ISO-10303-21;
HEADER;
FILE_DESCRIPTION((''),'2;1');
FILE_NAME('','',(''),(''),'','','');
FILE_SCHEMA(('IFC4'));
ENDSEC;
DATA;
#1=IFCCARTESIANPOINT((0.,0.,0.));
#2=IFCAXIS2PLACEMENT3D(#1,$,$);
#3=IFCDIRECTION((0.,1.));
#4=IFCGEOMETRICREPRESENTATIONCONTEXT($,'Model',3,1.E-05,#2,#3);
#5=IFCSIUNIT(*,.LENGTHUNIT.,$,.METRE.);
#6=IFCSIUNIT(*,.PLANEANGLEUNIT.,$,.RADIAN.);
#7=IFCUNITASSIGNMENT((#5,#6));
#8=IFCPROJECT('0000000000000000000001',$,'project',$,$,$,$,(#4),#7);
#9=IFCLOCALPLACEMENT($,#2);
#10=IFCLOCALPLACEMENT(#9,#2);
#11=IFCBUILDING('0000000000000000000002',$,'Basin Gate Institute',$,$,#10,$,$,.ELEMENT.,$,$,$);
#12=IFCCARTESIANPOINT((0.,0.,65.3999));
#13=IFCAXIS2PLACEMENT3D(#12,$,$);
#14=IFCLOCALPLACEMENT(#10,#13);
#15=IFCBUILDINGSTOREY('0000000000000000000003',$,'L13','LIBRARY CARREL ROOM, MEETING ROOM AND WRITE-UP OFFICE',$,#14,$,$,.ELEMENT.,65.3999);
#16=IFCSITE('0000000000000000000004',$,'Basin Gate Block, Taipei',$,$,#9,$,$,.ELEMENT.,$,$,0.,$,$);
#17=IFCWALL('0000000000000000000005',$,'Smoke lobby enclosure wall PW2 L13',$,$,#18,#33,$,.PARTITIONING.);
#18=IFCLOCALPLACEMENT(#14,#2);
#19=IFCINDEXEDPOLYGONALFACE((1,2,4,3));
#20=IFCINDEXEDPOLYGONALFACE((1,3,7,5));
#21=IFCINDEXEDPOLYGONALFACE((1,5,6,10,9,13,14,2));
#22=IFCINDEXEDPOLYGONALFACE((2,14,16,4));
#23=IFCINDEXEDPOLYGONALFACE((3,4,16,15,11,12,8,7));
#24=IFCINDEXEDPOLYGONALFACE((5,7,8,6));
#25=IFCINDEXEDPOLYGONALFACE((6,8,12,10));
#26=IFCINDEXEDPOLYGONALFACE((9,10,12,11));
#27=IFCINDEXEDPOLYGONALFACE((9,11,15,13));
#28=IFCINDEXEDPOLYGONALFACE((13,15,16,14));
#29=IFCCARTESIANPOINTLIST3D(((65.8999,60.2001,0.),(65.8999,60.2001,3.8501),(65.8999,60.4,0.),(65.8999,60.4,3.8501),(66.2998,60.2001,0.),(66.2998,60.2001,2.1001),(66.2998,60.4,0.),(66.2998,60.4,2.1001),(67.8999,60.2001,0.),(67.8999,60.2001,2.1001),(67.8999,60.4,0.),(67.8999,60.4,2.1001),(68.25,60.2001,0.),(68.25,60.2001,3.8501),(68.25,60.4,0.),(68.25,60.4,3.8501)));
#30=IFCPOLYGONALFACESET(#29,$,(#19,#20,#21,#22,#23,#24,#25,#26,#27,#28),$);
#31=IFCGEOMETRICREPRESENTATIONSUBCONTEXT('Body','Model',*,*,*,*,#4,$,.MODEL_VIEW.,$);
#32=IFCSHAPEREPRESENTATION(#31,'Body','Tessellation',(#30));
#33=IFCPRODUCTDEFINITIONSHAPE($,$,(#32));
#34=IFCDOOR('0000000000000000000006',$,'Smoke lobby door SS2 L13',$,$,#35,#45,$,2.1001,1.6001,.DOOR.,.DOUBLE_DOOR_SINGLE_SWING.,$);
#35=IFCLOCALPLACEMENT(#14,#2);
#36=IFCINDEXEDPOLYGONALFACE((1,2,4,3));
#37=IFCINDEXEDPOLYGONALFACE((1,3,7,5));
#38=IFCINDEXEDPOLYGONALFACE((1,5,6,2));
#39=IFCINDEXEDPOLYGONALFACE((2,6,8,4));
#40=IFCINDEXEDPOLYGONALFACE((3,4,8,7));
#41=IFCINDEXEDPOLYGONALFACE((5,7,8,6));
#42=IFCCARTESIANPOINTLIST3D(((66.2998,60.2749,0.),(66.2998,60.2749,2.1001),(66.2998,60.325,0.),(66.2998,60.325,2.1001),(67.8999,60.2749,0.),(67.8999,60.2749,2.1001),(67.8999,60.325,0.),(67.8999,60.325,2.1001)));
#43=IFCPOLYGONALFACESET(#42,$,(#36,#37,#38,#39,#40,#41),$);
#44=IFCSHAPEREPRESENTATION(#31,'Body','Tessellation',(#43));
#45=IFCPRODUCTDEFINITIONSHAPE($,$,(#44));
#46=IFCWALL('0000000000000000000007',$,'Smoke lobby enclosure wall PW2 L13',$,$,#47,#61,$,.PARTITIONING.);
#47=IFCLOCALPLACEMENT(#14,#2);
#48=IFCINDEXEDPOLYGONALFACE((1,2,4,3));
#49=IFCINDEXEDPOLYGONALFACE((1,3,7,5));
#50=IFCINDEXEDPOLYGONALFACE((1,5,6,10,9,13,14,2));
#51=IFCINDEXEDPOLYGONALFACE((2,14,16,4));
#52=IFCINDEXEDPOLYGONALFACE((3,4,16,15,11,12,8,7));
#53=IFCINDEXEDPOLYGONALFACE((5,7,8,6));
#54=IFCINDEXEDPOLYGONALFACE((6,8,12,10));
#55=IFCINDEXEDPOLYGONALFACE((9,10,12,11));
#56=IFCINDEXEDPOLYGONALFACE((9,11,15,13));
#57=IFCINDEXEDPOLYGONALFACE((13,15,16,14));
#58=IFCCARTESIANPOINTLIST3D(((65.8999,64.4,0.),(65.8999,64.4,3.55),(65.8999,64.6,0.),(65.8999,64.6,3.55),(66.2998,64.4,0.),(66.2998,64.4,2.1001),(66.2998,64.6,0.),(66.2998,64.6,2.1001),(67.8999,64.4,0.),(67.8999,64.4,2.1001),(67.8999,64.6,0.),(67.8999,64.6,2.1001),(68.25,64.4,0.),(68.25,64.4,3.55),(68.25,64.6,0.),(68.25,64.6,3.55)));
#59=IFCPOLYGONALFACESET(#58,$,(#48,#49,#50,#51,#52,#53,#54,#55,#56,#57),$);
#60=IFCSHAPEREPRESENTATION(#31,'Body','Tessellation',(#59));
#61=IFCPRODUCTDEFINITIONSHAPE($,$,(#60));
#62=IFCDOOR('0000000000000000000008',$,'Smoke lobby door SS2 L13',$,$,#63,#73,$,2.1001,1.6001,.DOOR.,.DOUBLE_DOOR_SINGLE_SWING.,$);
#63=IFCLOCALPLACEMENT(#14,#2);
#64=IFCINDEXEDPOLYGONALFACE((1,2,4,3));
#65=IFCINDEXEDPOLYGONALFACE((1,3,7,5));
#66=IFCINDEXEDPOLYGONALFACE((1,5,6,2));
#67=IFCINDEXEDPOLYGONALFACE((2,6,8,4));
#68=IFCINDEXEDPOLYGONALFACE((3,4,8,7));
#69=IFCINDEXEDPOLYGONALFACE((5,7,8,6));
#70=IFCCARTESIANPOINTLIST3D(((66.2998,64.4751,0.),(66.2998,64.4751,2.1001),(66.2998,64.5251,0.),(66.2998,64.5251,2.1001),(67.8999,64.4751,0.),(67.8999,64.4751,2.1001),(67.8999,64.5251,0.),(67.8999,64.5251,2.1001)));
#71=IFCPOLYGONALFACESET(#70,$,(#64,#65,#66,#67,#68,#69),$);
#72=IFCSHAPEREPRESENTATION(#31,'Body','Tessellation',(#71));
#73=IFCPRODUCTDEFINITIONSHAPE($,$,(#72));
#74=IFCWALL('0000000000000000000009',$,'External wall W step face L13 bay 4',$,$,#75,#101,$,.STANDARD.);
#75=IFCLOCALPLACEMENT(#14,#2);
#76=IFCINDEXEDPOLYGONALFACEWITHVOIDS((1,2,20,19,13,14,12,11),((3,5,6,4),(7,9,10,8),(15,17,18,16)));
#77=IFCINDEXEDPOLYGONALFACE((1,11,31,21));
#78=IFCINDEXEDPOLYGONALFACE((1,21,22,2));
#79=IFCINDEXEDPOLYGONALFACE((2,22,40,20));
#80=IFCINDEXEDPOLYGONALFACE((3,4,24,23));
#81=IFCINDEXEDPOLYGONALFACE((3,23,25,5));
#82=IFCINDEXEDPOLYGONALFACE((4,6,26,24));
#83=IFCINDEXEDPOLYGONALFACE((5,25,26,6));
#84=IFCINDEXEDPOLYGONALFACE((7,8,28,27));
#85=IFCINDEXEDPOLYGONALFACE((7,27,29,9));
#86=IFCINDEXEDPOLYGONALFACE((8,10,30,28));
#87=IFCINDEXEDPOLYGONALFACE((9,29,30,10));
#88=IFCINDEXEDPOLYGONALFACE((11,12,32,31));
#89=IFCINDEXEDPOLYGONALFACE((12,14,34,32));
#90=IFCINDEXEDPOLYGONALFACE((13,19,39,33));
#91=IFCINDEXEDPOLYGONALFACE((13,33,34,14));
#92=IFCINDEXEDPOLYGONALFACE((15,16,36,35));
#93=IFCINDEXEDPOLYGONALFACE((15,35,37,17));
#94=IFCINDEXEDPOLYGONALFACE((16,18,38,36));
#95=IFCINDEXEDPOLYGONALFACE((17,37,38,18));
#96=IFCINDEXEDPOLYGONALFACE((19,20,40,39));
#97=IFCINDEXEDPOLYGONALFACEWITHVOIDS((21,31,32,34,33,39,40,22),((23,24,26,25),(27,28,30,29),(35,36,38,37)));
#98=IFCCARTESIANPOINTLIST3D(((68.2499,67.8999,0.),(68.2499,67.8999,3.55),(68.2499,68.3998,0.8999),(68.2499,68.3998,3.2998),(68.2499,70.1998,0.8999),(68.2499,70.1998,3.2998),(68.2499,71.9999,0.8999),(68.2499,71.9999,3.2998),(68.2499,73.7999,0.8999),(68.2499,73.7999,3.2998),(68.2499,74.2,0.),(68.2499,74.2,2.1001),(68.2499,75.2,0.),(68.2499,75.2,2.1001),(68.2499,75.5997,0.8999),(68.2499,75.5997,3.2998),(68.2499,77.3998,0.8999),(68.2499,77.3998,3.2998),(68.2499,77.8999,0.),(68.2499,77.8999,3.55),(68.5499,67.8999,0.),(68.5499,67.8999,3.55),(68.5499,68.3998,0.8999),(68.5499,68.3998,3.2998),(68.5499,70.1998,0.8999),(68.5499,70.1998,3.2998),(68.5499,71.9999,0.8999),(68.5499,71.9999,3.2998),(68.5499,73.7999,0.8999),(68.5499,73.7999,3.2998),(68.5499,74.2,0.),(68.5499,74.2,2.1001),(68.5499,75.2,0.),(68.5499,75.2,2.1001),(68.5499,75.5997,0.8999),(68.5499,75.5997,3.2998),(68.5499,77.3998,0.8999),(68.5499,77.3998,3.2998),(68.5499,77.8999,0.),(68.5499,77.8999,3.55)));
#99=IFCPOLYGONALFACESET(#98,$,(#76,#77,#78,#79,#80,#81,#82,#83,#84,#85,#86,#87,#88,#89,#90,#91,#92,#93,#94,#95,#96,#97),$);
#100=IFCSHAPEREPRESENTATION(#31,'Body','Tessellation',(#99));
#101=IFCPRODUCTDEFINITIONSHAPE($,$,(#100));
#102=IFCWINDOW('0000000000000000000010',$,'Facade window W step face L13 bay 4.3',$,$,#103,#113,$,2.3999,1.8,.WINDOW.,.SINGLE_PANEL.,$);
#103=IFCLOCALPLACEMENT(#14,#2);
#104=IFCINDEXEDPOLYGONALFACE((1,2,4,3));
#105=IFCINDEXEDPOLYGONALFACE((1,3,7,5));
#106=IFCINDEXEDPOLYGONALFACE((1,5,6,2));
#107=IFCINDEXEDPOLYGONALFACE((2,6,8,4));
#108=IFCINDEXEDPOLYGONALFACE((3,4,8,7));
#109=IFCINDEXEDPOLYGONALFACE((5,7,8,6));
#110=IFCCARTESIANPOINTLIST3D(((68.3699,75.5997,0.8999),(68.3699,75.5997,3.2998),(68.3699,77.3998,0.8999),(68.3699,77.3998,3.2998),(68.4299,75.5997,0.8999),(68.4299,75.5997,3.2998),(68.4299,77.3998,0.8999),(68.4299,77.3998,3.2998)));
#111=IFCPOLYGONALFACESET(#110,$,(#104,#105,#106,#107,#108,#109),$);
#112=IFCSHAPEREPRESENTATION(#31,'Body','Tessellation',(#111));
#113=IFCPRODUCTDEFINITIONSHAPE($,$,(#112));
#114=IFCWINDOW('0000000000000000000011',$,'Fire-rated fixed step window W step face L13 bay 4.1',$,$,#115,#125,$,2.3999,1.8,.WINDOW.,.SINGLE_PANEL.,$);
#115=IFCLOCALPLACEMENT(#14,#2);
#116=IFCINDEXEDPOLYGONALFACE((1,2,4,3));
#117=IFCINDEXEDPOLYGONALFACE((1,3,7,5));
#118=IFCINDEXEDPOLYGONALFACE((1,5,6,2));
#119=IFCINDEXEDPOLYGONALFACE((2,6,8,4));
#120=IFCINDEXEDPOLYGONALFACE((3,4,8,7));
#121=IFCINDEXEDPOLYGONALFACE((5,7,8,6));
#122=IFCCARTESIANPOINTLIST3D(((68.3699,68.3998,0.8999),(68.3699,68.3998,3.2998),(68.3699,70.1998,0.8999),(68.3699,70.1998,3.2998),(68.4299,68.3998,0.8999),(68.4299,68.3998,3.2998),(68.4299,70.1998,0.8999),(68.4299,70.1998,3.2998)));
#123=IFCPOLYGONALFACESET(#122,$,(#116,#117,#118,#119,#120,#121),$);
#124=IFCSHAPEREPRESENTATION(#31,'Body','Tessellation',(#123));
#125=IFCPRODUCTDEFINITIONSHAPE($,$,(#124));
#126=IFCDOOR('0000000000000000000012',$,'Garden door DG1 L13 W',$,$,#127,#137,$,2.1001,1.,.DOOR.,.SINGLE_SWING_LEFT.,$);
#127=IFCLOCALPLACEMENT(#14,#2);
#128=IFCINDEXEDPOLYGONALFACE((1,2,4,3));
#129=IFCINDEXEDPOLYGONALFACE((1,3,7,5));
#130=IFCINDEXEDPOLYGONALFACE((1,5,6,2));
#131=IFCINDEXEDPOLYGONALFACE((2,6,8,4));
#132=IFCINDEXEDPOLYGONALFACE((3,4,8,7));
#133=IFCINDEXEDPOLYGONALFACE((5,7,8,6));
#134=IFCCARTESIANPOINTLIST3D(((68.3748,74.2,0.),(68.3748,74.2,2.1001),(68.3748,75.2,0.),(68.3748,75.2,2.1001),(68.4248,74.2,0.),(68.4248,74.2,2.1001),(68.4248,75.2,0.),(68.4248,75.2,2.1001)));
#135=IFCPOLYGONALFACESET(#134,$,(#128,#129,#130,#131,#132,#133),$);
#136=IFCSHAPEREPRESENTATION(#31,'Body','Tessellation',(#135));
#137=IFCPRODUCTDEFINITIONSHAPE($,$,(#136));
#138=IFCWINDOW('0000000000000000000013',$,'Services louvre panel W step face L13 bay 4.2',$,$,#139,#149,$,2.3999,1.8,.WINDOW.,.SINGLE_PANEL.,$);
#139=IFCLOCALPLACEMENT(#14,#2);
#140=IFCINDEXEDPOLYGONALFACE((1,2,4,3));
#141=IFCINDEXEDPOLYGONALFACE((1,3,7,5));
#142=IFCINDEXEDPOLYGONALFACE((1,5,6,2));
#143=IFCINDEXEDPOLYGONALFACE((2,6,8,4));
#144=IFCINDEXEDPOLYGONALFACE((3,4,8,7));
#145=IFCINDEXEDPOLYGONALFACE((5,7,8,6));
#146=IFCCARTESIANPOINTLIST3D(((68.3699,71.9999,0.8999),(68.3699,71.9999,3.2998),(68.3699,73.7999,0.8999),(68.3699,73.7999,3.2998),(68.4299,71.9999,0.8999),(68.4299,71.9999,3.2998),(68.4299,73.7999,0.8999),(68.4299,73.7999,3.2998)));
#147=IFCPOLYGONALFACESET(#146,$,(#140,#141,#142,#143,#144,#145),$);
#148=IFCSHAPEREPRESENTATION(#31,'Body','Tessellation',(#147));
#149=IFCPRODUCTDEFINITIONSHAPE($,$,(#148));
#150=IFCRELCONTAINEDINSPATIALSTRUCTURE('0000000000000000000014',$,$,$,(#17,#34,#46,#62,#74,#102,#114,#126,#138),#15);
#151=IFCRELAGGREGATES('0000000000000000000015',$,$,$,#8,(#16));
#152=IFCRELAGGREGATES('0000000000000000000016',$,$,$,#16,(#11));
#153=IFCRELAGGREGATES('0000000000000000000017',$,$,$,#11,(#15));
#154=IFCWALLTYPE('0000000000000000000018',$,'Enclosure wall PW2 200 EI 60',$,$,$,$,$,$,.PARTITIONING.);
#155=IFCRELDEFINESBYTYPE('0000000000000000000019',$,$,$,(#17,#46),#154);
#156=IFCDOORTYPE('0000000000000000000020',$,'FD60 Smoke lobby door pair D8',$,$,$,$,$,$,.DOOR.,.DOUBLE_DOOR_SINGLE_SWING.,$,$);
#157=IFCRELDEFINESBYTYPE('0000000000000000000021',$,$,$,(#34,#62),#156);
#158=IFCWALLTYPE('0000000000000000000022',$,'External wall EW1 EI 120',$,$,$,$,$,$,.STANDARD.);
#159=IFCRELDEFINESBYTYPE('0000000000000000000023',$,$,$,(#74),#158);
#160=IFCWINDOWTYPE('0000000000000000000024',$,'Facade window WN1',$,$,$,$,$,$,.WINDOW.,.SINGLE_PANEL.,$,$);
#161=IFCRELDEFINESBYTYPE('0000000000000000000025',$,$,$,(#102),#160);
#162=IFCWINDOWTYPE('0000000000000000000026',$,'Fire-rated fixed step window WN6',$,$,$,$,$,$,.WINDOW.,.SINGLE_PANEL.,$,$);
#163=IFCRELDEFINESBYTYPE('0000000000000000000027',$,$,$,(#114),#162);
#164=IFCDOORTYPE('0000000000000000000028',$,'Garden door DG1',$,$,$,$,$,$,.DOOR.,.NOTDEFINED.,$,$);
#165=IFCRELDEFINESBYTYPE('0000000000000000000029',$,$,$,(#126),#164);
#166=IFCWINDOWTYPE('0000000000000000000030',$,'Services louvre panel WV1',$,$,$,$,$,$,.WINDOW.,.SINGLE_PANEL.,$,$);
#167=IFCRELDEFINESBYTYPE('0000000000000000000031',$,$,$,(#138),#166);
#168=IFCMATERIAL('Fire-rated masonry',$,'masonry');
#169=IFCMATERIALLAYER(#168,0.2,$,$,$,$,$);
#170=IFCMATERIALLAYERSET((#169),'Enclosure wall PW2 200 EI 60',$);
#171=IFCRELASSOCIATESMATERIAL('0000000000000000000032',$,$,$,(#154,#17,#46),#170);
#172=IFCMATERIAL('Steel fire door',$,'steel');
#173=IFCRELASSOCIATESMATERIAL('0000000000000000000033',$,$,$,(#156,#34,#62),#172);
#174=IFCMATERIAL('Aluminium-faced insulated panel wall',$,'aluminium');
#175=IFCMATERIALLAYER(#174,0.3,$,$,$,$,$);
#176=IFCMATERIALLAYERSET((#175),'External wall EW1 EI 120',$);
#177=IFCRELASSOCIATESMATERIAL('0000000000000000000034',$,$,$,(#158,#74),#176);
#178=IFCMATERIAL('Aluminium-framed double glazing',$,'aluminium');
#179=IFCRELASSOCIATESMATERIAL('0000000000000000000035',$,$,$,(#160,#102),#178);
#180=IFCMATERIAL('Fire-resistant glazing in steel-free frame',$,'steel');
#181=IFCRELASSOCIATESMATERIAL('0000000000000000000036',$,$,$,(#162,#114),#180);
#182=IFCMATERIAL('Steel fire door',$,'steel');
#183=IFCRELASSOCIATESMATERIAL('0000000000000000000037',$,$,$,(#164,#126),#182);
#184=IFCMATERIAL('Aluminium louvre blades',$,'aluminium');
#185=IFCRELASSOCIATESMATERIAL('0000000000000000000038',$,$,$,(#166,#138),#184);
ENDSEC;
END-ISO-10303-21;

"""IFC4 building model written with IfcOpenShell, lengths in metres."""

from ifc_helpers import new_model, si_unit, direction, frame, frame_2d, origin, place, context, subcontext, project, spatial, rectangle, extrude, material, layer, layer_set, type_object, element, fill, save


model = new_model("IFC4")

# Units and contexts
model_context = context("Model", 3, precision=1e-05, world=origin(), true_north=direction((0.0, 1.0)))
body_context = subcontext(model_context, "Body", "Model", "MODEL_VIEW")
ifc_project = project(units=[si_unit("LENGTHUNIT", "METRE"), si_unit("PLANEANGLEUNIT", "RADIAN")], contexts=[model_context])

# Site, building, storey
site_placement = place(None, origin())
site = spatial("IfcSite", under=ifc_project, at=site_placement, Name="Basin Gate Block, Taipei", CompositionType="ELEMENT", RefElevation=0.0)
building_placement = place(site_placement, origin())
building = spatial("IfcBuilding", under=site, at=building_placement, Name="Basin Gate Institute", CompositionType="ELEMENT")
storey_placement = place(building_placement, frame((0.0, 0.0, 65.3999)))
storey = spatial("IfcBuildingStorey", under=building, at=storey_placement, Name="L13", Description="LIBRARY CARREL ROOM, MEETING ROOM AND WRITE-UP OFFICE", CompositionType="ELEMENT", Elevation=65.3999)

# Walls, openings, doors
ifc_material_1 = material(Name="Fire-rated masonry", Category="masonry")
ifc_layer_1 = layer(ifc_material_1, 0.2)
ifc_layer_set_1 = layer_set([ifc_layer_1], Name="Enclosure wall PW2 200 EI 60")
wall_type_1 = type_object("IfcWallType", Name="Enclosure wall PW2 200 EI 60", PredefinedType="PARTITIONING", material=ifc_layer_set_1)
wall_1_placement = place(storey_placement, frame((65.8999, 60.3, 0.0), z_axis=(0.0, 0.0, 1.0), x_axis=(1.0, 0.0, 0.0)))
wall_1 = element("IfcWall", 1, at=wall_1_placement, inside=storey, type_object=wall_type_1, material=ifc_layer_set_1, Name="Smoke lobby enclosure wall PW2 L13", PredefinedType="PARTITIONING", context=body_context, shape_type="SweptSolid", body=[
    extrude(rectangle(XDim=2.3501, YDim=0.2, at=frame_2d((1.175, 0.0))), origin(), (0.0, 0.0, 1.0), 3.8501),
])
opening_1_placement = place(wall_1_placement, frame((0.3999, 0.0, 0.0)))
opening_1 = element("IfcOpeningElement", 2, at=opening_1_placement, cuts=wall_1, PredefinedType="OPENING", context=body_context, shape_type="SweptSolid", body=[
    extrude(rectangle(XDim=1.6001, YDim=2.1001, at=frame_2d((0.8, 1.05))), frame((0.0, 0.1099, 0.0), z_axis=(0.0, -1.0, 0.0), x_axis=(1.0, 0.0, 0.0)), (0.0, 0.0, 1.0), 0.22),
])
ifc_material_2 = material(Name="Steel fire door", Category="steel")
door_type_1 = type_object("IfcDoorType", Name="FD60 Smoke lobby door pair D8", OperationType="DOUBLE_DOOR_SINGLE_SWING", PredefinedType="DOOR", material=ifc_material_2)
door_1_placement = place(opening_1_placement, origin())
door_1 = element("IfcDoor", 3, at=door_1_placement, inside=storey, type_object=door_type_1, material=ifc_material_2, Name="Smoke lobby door SS2 L13", OperationType="DOUBLE_DOOR_SINGLE_SWING", OverallHeight=2.1001, OverallWidth=1.6001, PredefinedType="DOOR", context=body_context, shape_type="SweptSolid", body=[
    extrude(rectangle(XDim=1.6001, YDim=2.1001, at=frame_2d((0.8, 1.05))), frame((0.0, 0.0249, 0.0), z_axis=(0.0, -1.0, 0.0), x_axis=(1.0, 0.0, 0.0)), (0.0, 0.0, 1.0), 0.05),
])
fill(opening_1, door_1)
wall_2_placement = place(storey_placement, frame((65.8999, 64.5, 0.0), z_axis=(0.0, 0.0, 1.0), x_axis=(1.0, 0.0, 0.0)))
wall_2 = element("IfcWall", 4, at=wall_2_placement, inside=storey, type_object=wall_type_1, material=ifc_layer_set_1, Name="Smoke lobby enclosure wall PW2 L13", PredefinedType="PARTITIONING", context=body_context, shape_type="SweptSolid", body=[
    extrude(rectangle(XDim=2.3501, YDim=0.2, at=frame_2d((1.175, 0.0))), origin(), (0.0, 0.0, 1.0), 3.55),
])
opening_2_placement = place(wall_2_placement, frame((0.3999, 0.0, 0.0)))
opening_2 = element("IfcOpeningElement", 5, at=opening_2_placement, cuts=wall_2, PredefinedType="OPENING", context=body_context, shape_type="SweptSolid", body=[
    extrude(rectangle(XDim=1.6001, YDim=2.1001, at=frame_2d((0.8, 1.05))), frame((0.0, 0.1099, 0.0), z_axis=(0.0, -1.0, 0.0), x_axis=(1.0, 0.0, 0.0)), (0.0, 0.0, 1.0), 0.22),
])
door_2_placement = place(opening_2_placement, frame((1.6001, 0.0, 0.0), z_axis=(0.0, 0.0, 1.0), x_axis=(-1.0, 0.0, 0.0)))
door_2 = element("IfcDoor", 6, at=door_2_placement, inside=storey, type_object=door_type_1, material=ifc_material_2, Name="Smoke lobby door SS2 L13", OperationType="DOUBLE_DOOR_SINGLE_SWING", OverallHeight=2.1001, OverallWidth=1.6001, PredefinedType="DOOR", context=body_context, shape_type="SweptSolid", body=[
    extrude(rectangle(XDim=1.6001, YDim=2.1001, at=frame_2d((0.8, 1.05))), frame((0.0, 0.0249, 0.0), z_axis=(0.0, -1.0, 0.0), x_axis=(1.0, 0.0, 0.0)), (0.0, 0.0, 1.0), 0.05),
])
fill(opening_2, door_2)

# Wall, openings, windows, door
ifc_material_3 = material(Name="Aluminium-faced insulated panel wall", Category="aluminium")
ifc_layer_2 = layer(ifc_material_3, 0.3)
ifc_layer_set_2 = layer_set([ifc_layer_2], Name="External wall EW1 EI 120")
wall_type_2 = type_object("IfcWallType", Name="External wall EW1 EI 120", PredefinedType="STANDARD", material=ifc_layer_set_2)
wall_3_placement = place(storey_placement, frame((68.3999, 67.8999, 0.0), z_axis=(0.0, 0.0, 1.0), x_axis=(0.0, 1.0, 0.0)))
wall_3 = element("IfcWall", 7, at=wall_3_placement, inside=storey, type_object=wall_type_2, material=ifc_layer_set_2, Name="External wall W step face L13 bay 4", PredefinedType="STANDARD", context=body_context, shape_type="SweptSolid", body=[
    extrude(rectangle(XDim=10.0, YDim=0.3, at=frame_2d((5.0, 0.0))), origin(), (0.0, 0.0, 1.0), 3.55),
])
opening_3_placement = place(wall_3_placement, frame((0.5, 0.0, 0.8999)))
opening_3 = element("IfcOpeningElement", 8, at=opening_3_placement, cuts=wall_3, PredefinedType="OPENING", context=body_context, shape_type="SweptSolid", body=[
    extrude(rectangle(XDim=1.8, YDim=2.3999, at=frame_2d((0.8999, 1.2))), frame((0.0, 0.1602, 0.0), z_axis=(0.0, -1.0, 0.0), x_axis=(1.0, 0.0, 0.0)), (0.0, 0.0, 1.0), 0.3201),
])
opening_4_placement = place(wall_3_placement, frame((4.1001, 0.0, 0.8999)))
opening_4 = element("IfcOpeningElement", 9, at=opening_4_placement, cuts=wall_3, PredefinedType="OPENING", context=body_context, shape_type="SweptSolid", body=[
    extrude(rectangle(XDim=1.8, YDim=2.3999, at=frame_2d((0.8999, 1.2))), frame((0.0, 0.1602, 0.0), z_axis=(0.0, -1.0, 0.0), x_axis=(1.0, 0.0, 0.0)), (0.0, 0.0, 1.0), 0.3201),
])
opening_5_placement = place(wall_3_placement, frame((7.7, 0.0, 0.8999)))
opening_5 = element("IfcOpeningElement", 10, at=opening_5_placement, cuts=wall_3, PredefinedType="OPENING", context=body_context, shape_type="SweptSolid", body=[
    extrude(rectangle(XDim=1.8, YDim=2.3999, at=frame_2d((0.8999, 1.2))), frame((0.0, 0.1602, 0.0), z_axis=(0.0, -1.0, 0.0), x_axis=(1.0, 0.0, 0.0)), (0.0, 0.0, 1.0), 0.3201),
])
opening_6_placement = place(wall_3_placement, frame((6.3, 0.0, 0.0)))
opening_6 = element("IfcOpeningElement", 11, at=opening_6_placement, cuts=wall_3, PredefinedType="OPENING", context=body_context, shape_type="SweptSolid", body=[
    extrude(rectangle(XDim=1.0, YDim=2.1001, at=frame_2d((0.5, 1.05))), frame((0.0, 0.1602, 0.0), z_axis=(0.0, -1.0, 0.0), x_axis=(1.0, 0.0, 0.0)), (0.0, 0.0, 1.0), 0.3201),
])
ifc_material_4 = material(Name="Aluminium-framed double glazing", Category="aluminium")
window_type_1 = type_object("IfcWindowType", Name="Facade window WN1", PartitioningType="SINGLE_PANEL", PredefinedType="WINDOW", material=ifc_material_4)
window_1_placement = place(opening_5_placement, origin())
window_1 = element("IfcWindow", 12, at=window_1_placement, inside=storey, type_object=window_type_1, material=ifc_material_4, Name="Facade window W step face L13 bay 4.3", OverallHeight=2.3999, OverallWidth=1.8, PartitioningType="SINGLE_PANEL", PredefinedType="WINDOW", context=body_context, shape_type="SweptSolid", body=[
    extrude(rectangle(XDim=1.8, YDim=2.3999, at=frame_2d((0.8999, 1.2))), frame((0.0, 0.03, 0.0), z_axis=(0.0, -1.0, 0.0), x_axis=(1.0, 0.0, 0.0)), (0.0, 0.0, 1.0), 0.0601),
])
fill(opening_5, window_1)
ifc_material_5 = material(Name="Fire-resistant glazing in steel-free frame", Category="steel")
window_type_2 = type_object("IfcWindowType", Name="Fire-rated fixed step window WN6", PartitioningType="SINGLE_PANEL", PredefinedType="WINDOW", material=ifc_material_5)
window_2_placement = place(opening_3_placement, origin())
window_2 = element("IfcWindow", 13, at=window_2_placement, inside=storey, type_object=window_type_2, material=ifc_material_5, Name="Fire-rated fixed step window W step face L13 bay 4.1", OverallHeight=2.3999, OverallWidth=1.8, PartitioningType="SINGLE_PANEL", PredefinedType="WINDOW", context=body_context, shape_type="SweptSolid", body=[
    extrude(rectangle(XDim=1.8, YDim=2.3999, at=frame_2d((0.8999, 1.2))), frame((0.0, 0.03, 0.0), z_axis=(0.0, -1.0, 0.0), x_axis=(1.0, 0.0, 0.0)), (0.0, 0.0, 1.0), 0.0601),
])
fill(opening_3, window_2)
ifc_material_6 = material(Name="Steel fire door", Category="steel")
door_type_2 = type_object("IfcDoorType", Name="Garden door DG1", OperationType="NOTDEFINED", PredefinedType="DOOR", material=ifc_material_6)
door_3_placement = place(opening_6_placement, frame((1.0, 0.0, 0.0), z_axis=(0.0, 0.0, 1.0), x_axis=(-1.0, 0.0, 0.0)))
door_3 = element("IfcDoor", 14, at=door_3_placement, inside=storey, type_object=door_type_2, material=ifc_material_6, Name="Garden door DG1 L13 W", OperationType="SINGLE_SWING_LEFT", OverallHeight=2.1001, OverallWidth=1.0, PredefinedType="DOOR", context=body_context, shape_type="SweptSolid", body=[
    extrude(rectangle(XDim=1.0, YDim=2.1001, at=frame_2d((0.5, 1.05))), frame((0.0, 0.0249, 0.0), z_axis=(0.0, -1.0, 0.0), x_axis=(1.0, 0.0, 0.0)), (0.0, 0.0, 1.0), 0.05),
])
fill(opening_6, door_3)
ifc_material_7 = material(Name="Aluminium louvre blades", Category="aluminium")
window_type_3 = type_object("IfcWindowType", Name="Services louvre panel WV1", PartitioningType="SINGLE_PANEL", PredefinedType="WINDOW", material=ifc_material_7)
window_3_placement = place(opening_4_placement, origin())
window_3 = element("IfcWindow", 15, at=window_3_placement, inside=storey, type_object=window_type_3, material=ifc_material_7, Name="Services louvre panel W step face L13 bay 4.2", OverallHeight=2.3999, OverallWidth=1.8, PartitioningType="SINGLE_PANEL", PredefinedType="WINDOW", context=body_context, shape_type="SweptSolid", body=[
    extrude(rectangle(XDim=1.8, YDim=2.3999, at=frame_2d((0.8999, 1.2))), frame((0.0, 0.03, 0.0), z_axis=(0.0, -1.0, 0.0), x_axis=(1.0, 0.0, 0.0)), (0.0, 0.0, 1.0), 0.0601),
])
fill(opening_4, window_3)

save(model, "model.ifc")
